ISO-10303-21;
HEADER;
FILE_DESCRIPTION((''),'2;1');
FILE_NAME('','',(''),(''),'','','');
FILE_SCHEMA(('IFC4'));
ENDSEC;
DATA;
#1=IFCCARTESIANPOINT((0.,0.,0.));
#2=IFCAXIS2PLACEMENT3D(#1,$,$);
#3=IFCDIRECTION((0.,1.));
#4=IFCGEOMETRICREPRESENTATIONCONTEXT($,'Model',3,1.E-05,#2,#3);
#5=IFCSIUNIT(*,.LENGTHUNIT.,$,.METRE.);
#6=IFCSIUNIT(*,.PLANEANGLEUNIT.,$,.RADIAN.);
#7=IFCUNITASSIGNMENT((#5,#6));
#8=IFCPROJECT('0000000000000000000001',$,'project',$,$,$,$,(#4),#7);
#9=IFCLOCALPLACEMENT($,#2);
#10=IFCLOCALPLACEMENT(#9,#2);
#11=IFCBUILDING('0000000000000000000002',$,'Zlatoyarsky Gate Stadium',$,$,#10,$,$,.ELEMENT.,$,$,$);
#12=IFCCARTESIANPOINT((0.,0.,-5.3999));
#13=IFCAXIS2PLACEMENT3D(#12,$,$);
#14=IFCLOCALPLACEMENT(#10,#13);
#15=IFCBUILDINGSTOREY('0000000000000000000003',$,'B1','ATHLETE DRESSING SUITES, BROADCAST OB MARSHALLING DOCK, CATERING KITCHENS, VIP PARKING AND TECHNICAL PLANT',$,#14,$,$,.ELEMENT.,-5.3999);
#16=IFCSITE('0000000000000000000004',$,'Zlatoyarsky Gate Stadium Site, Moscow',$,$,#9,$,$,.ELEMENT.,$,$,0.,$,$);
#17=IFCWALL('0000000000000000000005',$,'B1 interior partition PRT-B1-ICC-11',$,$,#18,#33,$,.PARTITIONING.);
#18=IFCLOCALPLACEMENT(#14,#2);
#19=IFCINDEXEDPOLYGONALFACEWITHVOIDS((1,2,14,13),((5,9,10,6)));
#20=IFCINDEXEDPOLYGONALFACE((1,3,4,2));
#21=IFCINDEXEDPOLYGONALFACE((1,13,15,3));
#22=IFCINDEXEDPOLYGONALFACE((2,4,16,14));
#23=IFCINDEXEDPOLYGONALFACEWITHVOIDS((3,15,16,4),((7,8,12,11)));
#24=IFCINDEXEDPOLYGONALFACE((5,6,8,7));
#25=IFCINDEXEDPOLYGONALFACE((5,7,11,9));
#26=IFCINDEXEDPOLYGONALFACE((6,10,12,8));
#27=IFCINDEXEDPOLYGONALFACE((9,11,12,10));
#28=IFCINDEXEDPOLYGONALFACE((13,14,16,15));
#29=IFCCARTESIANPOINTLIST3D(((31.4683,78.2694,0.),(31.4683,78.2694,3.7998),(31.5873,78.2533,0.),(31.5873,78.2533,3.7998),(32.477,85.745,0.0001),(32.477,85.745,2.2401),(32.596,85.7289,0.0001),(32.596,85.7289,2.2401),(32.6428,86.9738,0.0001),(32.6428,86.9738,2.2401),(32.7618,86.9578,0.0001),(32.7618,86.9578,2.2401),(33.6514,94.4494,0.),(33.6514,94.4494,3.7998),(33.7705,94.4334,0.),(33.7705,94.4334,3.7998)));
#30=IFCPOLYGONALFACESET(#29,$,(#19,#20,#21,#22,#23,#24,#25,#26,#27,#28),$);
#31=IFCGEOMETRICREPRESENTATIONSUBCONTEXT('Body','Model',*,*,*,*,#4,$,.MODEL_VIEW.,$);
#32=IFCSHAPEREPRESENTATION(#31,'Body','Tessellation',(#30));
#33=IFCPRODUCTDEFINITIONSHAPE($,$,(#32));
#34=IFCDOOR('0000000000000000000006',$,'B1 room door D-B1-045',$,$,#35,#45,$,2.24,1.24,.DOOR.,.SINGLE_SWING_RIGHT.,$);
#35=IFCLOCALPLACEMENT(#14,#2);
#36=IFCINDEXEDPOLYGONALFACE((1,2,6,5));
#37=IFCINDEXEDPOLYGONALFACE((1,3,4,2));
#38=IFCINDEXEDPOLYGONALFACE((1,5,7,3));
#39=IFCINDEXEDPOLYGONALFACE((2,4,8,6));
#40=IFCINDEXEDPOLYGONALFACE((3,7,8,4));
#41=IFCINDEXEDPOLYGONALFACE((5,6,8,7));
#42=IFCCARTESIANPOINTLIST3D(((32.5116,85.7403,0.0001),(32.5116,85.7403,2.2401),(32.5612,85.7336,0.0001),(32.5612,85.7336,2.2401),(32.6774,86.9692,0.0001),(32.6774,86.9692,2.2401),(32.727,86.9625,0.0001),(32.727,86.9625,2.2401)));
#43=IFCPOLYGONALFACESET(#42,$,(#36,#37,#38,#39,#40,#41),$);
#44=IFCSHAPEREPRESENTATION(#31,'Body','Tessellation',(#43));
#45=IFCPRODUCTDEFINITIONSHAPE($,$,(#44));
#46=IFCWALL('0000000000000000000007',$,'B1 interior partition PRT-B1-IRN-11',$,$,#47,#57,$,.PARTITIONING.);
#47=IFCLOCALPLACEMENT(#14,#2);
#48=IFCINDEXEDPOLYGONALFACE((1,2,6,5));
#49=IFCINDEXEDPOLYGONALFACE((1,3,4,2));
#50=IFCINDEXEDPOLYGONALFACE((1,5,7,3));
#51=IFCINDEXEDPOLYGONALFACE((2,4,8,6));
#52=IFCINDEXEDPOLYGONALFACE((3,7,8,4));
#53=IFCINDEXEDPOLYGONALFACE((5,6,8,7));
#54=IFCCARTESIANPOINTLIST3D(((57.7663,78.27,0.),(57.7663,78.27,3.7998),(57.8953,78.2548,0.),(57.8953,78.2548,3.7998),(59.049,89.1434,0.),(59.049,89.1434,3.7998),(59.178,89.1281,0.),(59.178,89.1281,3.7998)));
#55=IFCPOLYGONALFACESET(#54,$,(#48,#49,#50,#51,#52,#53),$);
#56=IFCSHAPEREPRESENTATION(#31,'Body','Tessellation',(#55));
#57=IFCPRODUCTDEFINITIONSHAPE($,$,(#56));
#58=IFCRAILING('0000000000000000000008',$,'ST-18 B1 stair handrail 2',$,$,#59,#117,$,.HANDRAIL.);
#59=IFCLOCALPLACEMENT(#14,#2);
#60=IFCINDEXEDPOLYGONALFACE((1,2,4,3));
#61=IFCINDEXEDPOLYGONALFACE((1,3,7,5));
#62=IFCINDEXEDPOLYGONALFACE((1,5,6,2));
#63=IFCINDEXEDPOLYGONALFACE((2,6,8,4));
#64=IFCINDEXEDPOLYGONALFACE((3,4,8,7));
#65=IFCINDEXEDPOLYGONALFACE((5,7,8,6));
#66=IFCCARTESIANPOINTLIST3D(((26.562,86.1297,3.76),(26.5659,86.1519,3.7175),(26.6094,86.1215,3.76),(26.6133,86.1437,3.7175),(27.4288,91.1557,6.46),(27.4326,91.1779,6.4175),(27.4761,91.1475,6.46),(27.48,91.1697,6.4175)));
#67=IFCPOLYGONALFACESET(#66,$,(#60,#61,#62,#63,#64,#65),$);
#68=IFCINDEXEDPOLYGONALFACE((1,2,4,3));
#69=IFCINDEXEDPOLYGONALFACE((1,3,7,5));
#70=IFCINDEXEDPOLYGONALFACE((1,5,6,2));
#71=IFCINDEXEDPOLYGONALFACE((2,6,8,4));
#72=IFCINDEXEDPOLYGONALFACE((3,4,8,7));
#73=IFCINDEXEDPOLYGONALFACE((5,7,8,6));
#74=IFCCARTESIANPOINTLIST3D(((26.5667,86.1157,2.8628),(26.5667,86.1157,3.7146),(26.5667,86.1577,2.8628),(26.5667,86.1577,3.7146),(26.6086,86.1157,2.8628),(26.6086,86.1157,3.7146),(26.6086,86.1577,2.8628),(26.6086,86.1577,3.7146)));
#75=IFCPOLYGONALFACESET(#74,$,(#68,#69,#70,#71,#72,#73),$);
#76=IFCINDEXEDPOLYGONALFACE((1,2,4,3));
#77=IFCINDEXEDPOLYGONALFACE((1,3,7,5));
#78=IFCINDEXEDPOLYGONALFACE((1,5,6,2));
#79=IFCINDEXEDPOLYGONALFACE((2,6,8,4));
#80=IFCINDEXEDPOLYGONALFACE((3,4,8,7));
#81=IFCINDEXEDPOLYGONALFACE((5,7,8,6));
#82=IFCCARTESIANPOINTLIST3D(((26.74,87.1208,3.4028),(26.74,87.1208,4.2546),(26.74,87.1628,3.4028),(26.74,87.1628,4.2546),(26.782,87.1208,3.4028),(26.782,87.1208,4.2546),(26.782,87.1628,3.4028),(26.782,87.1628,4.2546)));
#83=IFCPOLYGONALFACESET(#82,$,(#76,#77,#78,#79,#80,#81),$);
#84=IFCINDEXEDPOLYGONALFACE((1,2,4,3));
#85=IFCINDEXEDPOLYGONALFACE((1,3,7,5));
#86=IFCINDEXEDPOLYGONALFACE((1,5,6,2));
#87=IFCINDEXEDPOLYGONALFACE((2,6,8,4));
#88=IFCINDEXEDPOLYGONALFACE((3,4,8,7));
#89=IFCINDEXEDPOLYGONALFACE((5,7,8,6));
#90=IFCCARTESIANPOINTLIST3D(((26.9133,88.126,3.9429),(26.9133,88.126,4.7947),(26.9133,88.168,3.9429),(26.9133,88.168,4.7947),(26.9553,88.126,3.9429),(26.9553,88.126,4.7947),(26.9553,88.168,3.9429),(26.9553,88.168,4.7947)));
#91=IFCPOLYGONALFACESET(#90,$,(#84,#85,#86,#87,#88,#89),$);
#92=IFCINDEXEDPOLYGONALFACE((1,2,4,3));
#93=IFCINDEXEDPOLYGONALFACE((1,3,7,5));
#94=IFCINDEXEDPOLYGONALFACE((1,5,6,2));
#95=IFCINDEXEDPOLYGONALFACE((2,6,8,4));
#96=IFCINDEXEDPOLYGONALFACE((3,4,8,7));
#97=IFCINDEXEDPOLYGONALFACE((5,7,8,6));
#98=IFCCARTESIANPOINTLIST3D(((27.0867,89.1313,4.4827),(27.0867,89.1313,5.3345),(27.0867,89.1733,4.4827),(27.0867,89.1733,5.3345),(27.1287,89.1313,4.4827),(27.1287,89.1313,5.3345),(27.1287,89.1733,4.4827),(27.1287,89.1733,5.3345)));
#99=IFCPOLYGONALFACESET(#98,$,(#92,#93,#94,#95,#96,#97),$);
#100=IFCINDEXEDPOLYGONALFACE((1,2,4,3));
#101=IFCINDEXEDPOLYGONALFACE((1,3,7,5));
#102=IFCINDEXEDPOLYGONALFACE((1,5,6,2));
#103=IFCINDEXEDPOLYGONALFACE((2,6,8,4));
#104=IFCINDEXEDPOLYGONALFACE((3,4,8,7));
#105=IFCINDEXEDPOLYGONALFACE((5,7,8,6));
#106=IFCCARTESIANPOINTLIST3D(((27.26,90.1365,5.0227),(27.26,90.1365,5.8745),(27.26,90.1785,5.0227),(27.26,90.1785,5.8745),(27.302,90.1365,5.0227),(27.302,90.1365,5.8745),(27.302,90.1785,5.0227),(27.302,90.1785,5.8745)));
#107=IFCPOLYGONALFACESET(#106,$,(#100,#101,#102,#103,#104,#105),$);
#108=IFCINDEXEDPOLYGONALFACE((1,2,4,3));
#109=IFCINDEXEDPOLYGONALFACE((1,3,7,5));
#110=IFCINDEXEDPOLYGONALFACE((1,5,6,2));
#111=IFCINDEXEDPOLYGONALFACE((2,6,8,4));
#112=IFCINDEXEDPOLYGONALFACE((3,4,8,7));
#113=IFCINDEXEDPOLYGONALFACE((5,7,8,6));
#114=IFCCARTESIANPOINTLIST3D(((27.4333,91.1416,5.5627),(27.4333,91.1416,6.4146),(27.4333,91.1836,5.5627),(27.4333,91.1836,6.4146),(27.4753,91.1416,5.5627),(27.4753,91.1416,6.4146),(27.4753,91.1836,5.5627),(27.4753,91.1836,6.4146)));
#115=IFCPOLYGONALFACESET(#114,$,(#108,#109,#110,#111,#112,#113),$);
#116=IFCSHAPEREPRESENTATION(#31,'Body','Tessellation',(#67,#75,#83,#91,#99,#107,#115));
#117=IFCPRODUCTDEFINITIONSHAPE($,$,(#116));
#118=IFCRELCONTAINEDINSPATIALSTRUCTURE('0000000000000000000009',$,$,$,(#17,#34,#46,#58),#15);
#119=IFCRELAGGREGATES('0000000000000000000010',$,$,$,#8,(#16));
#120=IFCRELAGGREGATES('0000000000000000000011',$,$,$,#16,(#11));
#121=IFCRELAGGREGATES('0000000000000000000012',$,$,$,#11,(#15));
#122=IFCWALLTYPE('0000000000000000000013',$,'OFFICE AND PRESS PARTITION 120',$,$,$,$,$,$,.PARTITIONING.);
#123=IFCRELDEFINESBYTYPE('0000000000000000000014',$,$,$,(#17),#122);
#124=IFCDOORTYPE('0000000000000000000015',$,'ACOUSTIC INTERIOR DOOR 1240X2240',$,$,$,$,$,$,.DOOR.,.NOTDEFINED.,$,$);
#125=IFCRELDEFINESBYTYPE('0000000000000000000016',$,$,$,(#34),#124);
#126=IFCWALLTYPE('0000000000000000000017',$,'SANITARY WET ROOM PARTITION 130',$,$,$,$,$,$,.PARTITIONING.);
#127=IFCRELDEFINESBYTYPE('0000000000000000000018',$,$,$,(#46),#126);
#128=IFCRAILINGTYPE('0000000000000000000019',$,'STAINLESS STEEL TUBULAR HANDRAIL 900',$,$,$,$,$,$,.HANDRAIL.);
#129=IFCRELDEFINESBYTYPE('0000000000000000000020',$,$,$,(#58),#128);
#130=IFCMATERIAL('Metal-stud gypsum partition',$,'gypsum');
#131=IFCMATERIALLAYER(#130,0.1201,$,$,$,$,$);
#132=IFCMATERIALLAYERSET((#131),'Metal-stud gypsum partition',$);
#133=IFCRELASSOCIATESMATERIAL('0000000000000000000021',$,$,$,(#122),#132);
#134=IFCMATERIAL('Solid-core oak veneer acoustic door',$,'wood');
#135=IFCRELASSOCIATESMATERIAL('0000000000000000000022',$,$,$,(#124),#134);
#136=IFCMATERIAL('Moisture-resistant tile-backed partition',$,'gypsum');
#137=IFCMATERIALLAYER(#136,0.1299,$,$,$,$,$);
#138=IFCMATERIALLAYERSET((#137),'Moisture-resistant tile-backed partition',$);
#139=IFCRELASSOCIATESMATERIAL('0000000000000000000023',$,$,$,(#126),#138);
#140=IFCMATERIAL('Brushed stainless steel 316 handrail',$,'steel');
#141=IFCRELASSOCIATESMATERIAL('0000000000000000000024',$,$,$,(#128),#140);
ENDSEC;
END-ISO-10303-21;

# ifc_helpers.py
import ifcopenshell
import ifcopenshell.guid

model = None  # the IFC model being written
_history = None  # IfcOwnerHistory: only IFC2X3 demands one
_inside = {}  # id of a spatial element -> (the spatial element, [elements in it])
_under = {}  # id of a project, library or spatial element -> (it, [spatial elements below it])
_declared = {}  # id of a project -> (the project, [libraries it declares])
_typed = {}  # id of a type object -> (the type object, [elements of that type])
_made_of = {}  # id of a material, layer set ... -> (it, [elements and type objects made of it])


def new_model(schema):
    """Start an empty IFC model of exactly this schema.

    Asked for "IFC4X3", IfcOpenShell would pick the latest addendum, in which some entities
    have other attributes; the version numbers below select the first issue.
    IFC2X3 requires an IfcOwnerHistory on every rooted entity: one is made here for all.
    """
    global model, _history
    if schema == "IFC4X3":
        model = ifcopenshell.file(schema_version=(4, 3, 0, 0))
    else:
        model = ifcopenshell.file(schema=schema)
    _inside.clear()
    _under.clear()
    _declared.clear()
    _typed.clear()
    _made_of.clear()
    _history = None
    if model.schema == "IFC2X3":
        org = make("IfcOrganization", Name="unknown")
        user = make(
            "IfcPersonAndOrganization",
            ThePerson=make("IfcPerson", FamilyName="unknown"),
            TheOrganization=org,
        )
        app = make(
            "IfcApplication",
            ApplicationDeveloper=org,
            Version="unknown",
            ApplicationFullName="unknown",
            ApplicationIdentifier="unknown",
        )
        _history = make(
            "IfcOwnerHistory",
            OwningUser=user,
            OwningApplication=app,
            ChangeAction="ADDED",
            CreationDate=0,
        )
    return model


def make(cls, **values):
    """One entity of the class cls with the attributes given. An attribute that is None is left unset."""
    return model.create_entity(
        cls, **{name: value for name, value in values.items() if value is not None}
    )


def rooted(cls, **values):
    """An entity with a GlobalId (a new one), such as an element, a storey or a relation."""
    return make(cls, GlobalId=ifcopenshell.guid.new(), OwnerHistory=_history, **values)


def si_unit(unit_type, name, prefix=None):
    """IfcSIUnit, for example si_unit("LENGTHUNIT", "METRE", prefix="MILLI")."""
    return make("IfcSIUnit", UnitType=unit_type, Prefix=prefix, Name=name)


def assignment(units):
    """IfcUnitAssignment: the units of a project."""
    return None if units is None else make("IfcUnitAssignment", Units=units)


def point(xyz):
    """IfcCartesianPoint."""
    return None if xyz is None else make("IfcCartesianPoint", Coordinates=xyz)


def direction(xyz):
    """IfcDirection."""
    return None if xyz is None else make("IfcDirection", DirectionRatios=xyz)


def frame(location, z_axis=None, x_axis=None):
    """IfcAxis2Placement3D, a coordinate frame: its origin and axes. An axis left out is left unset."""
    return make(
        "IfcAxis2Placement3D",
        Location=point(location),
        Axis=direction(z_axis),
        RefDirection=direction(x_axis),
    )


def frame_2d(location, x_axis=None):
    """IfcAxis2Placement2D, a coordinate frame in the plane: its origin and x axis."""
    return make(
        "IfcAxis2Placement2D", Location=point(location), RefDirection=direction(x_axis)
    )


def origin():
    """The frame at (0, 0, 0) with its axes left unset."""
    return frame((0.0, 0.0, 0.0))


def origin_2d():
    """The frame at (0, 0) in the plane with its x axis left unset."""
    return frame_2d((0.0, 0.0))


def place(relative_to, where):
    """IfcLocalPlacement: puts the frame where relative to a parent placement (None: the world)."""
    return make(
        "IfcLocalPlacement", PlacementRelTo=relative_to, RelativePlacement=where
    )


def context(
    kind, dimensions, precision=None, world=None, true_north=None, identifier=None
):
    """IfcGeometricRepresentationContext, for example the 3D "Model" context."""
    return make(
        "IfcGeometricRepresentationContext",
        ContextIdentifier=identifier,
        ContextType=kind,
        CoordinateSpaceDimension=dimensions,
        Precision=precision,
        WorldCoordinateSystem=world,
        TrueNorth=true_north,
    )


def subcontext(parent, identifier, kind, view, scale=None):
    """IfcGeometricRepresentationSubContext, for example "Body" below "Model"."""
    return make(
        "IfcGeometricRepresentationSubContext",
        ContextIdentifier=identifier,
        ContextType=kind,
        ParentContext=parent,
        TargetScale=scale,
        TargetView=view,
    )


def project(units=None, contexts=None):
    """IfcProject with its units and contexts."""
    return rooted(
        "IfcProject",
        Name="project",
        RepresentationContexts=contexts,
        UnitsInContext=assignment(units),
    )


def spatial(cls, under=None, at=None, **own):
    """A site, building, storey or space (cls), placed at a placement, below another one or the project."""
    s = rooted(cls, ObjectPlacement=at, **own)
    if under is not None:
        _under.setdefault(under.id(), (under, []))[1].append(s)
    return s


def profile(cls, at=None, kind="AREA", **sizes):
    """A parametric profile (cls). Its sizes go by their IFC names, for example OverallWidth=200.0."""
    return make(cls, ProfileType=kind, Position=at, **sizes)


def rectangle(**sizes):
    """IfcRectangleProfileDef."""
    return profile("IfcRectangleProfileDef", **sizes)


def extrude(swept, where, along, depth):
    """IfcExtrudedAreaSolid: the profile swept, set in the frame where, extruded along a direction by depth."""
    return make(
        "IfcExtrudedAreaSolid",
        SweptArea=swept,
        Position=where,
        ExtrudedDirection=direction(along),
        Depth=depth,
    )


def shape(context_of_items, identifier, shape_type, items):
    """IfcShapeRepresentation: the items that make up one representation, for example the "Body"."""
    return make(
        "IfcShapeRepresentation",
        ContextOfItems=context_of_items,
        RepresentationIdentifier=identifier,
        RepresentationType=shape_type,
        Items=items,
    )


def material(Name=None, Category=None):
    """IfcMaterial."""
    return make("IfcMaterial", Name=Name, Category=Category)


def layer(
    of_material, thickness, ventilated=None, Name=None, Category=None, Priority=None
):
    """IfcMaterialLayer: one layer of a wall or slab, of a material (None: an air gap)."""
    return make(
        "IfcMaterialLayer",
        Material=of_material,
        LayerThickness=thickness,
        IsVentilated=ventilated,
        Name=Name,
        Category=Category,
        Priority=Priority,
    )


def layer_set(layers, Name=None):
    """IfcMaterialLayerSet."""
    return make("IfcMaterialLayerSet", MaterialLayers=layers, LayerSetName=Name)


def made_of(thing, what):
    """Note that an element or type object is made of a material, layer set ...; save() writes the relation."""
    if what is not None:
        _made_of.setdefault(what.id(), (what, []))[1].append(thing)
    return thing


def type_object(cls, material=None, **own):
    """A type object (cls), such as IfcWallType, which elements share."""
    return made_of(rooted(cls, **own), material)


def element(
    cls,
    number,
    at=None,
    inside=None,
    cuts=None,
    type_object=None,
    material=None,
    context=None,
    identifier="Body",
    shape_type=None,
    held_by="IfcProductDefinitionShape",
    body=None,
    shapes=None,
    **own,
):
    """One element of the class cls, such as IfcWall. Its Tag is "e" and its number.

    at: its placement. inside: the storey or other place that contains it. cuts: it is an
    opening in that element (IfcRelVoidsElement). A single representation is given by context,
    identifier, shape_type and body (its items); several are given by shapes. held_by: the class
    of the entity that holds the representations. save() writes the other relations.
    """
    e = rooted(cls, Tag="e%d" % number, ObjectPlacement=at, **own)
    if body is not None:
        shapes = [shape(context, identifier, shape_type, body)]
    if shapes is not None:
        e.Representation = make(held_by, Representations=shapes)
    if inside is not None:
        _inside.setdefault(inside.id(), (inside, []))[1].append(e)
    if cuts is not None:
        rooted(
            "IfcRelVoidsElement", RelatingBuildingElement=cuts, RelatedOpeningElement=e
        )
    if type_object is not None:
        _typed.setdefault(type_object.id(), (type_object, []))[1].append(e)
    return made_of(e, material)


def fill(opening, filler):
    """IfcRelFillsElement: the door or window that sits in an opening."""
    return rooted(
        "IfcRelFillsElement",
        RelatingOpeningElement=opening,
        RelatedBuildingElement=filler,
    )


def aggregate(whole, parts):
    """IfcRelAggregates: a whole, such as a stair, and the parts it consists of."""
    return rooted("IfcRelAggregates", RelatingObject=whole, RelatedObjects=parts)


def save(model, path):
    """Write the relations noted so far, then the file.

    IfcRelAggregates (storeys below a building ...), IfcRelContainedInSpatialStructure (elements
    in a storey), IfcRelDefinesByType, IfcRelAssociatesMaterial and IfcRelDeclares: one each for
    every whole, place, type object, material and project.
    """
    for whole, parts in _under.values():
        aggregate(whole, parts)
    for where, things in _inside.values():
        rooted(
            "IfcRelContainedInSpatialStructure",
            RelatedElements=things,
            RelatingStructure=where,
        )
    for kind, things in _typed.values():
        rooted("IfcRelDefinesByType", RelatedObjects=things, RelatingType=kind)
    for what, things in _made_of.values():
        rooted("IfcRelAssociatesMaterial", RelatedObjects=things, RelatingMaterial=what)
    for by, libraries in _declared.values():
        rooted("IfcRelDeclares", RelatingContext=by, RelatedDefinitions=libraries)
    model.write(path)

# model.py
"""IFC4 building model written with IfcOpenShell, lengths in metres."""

from ifc_helpers import new_model, si_unit, direction, frame, frame_2d, origin, origin_2d, place, context, subcontext, project, spatial, rectangle, extrude, material, layer, layer_set, type_object, element, fill, save


model = new_model("IFC4")

# Units and contexts
model_context = context("Model", 3, precision=1e-05, world=origin(), true_north=direction((0.0, 1.0)))
body_context = subcontext(model_context, "Body", "Model", "MODEL_VIEW")
ifc_project = project(units=[si_unit("LENGTHUNIT", "METRE"), si_unit("PLANEANGLEUNIT", "RADIAN")], contexts=[model_context])

# Site, building, storey
site_placement = place(None, origin())
site = spatial("IfcSite", under=ifc_project, at=site_placement, Name="Zlatoyarsky Gate Stadium Site, Moscow", CompositionType="ELEMENT", RefElevation=0.0)
building_placement = place(site_placement, origin())
building = spatial("IfcBuilding", under=site, at=building_placement, Name="Zlatoyarsky Gate Stadium", CompositionType="ELEMENT")
storey_placement = place(building_placement, frame((0.0, 0.0, -5.3999)))
storey = spatial("IfcBuildingStorey", under=building, at=storey_placement, Name="B1", Description="ATHLETE DRESSING SUITES, BROADCAST OB MARSHALLING DOCK, CATERING KITCHENS, VIP PARKING AND TECHNICAL PLANT", CompositionType="ELEMENT", Elevation=-5.3999)

# Wall, opening, door
ifc_material_1 = material(Name="Metal-stud gypsum partition", Category="gypsum")
ifc_layer_1 = layer(ifc_material_1, 0.1201)
ifc_layer_set_1 = layer_set([ifc_layer_1], Name="Metal-stud gypsum partition")
wall_type_1 = type_object("IfcWallType", Name="OFFICE AND PRESS PARTITION 120", PredefinedType="PARTITIONING", material=ifc_layer_set_1)
wall_1_placement = place(storey_placement, frame((33.7109, 94.4414, 0.0), z_axis=(0.0, 0.0, 1.0), x_axis=(-0.133715, -0.99102, 0.0)))
wall_1 = element("IfcWall", 1, at=wall_1_placement, inside=storey, type_object=wall_type_1, Name="B1 interior partition PRT-B1-ICC-11", PredefinedType="PARTITIONING", context=body_context, shape_type="SweptSolid", body=[
    extrude(rectangle(XDim=16.3267, YDim=0.1201, at=frame_2d((8.1633, 0.0))), origin(), (0.0, 0.0, 1.0), 3.7998),
])
opening_1_placement = place(wall_1_placement, frame((7.5432, 0.0, 0.0)))
opening_1 = element("IfcOpeningElement", 2, at=opening_1_placement, cuts=wall_1, PredefinedType="OPENING", context=body_context, shape_type="SweptSolid", body=[
    extrude(rectangle(XDim=1.24, YDim=2.24, at=frame_2d((0.6201, 1.1201))), frame((0.0, 0.0701, 0.0), z_axis=(0.0, -1.0, 0.0), x_axis=(1.0, 0.0, 0.0)), (0.0, 0.0, 1.0), 0.1401),
])
ifc_material_2 = material(Name="Solid-core oak veneer acoustic door", Category="wood")
door_type_1 = type_object("IfcDoorType", Name="ACOUSTIC INTERIOR DOOR 1240X2240", OperationType="NOTDEFINED", PredefinedType="DOOR", material=ifc_material_2)
door_1_placement = place(opening_1_placement, origin())
door_1 = element("IfcDoor", 3, at=door_1_placement, inside=storey, type_object=door_type_1, Name="B1 room door D-B1-045", OperationType="SINGLE_SWING_RIGHT", OverallHeight=2.24, OverallWidth=1.24, PredefinedType="DOOR", context=body_context, shape_type="SweptSolid", body=[
    extrude(rectangle(XDim=1.24, YDim=2.24, at=frame_2d((0.6201, 1.1201))), frame((0.0, 0.0249, 0.0), z_axis=(0.0, -1.0, 0.0), x_axis=(1.0, 0.0, 0.0)), (0.0, 0.0, 1.0), 0.05),
])
fill(opening_1, door_1)

# Wall
ifc_material_3 = material(Name="Moisture-resistant tile-backed partition", Category="gypsum")
ifc_layer_2 = layer(ifc_material_3, 0.1299)
ifc_layer_set_2 = layer_set([ifc_layer_2], Name="Moisture-resistant tile-backed partition")
wall_type_2 = type_object("IfcWallType", Name="SANITARY WET ROOM PARTITION 130", PredefinedType="PARTITIONING", material=ifc_layer_set_2)
wall_2_placement = place(storey_placement, frame((59.1135, 89.1357, 0.0), z_axis=(0.0, 0.0, 1.0), x_axis=(-0.117157, -0.993113, 0.0)))
element("IfcWall", 4, at=wall_2_placement, inside=storey, type_object=wall_type_2, Name="B1 interior partition PRT-B1-IRN-11", PredefinedType="PARTITIONING", context=body_context, shape_type="SweptSolid", body=[
    extrude(rectangle(XDim=10.9487, YDim=0.1299, at=frame_2d((5.4744, 0.0))), origin(), (0.0, 0.0, 1.0), 3.7998),
])

# Railing
ifc_material_4 = material(Name="Brushed stainless steel 316 handrail", Category="steel")
railing_type = type_object("IfcRailingType", Name="STAINLESS STEEL TUBULAR HANDRAIL 900", PredefinedType="HANDRAIL", material=ifc_material_4)
railing_placement = place(storey_placement, frame((26.5876, 86.1367, 2.8628)))
element("IfcRailing", 5, at=railing_placement, inside=storey, type_object=railing_type, Name="ST-18 B1 stair handrail 2", PredefinedType="HANDRAIL", context=body_context, shape_type="SweptSolid", body=[
    extrude(rectangle(XDim=0.0481, YDim=0.0481, at=origin_2d()), frame((0.0, 0.0, 0.876), z_axis=(0.150191, 0.870939, 0.467877), x_axis=(-0.985455, 0.169939, 0.0)), (0.0, 0.0, 1.0), 5.7708),
    extrude(rectangle(XDim=0.042, YDim=0.042, at=origin_2d()), origin(), (0.0, 0.0, 1.0), 0.8518),
    extrude(rectangle(XDim=0.042, YDim=0.042, at=origin_2d()), frame((0.1733, 1.0051, 0.54)), (0.0, 0.0, 1.0), 0.8518),
    extrude(rectangle(XDim=0.042, YDim=0.042, at=origin_2d()), frame((0.3467, 2.0103, 1.0801)), (0.0, 0.0, 1.0), 0.8518),
    extrude(rectangle(XDim=0.042, YDim=0.042, at=origin_2d()), frame((0.52, 3.0156, 1.6199)), (0.0, 0.0, 1.0), 0.8518),
    extrude(rectangle(XDim=0.042, YDim=0.042, at=origin_2d()), frame((0.6934, 4.0208, 2.1599)), (0.0, 0.0, 1.0), 0.8518),
    extrude(rectangle(XDim=0.042, YDim=0.042, at=origin_2d()), frame((0.8667, 5.0259, 2.7)), (0.0, 0.0, 1.0), 0.8518),
])

save(model, "model.ifc")
